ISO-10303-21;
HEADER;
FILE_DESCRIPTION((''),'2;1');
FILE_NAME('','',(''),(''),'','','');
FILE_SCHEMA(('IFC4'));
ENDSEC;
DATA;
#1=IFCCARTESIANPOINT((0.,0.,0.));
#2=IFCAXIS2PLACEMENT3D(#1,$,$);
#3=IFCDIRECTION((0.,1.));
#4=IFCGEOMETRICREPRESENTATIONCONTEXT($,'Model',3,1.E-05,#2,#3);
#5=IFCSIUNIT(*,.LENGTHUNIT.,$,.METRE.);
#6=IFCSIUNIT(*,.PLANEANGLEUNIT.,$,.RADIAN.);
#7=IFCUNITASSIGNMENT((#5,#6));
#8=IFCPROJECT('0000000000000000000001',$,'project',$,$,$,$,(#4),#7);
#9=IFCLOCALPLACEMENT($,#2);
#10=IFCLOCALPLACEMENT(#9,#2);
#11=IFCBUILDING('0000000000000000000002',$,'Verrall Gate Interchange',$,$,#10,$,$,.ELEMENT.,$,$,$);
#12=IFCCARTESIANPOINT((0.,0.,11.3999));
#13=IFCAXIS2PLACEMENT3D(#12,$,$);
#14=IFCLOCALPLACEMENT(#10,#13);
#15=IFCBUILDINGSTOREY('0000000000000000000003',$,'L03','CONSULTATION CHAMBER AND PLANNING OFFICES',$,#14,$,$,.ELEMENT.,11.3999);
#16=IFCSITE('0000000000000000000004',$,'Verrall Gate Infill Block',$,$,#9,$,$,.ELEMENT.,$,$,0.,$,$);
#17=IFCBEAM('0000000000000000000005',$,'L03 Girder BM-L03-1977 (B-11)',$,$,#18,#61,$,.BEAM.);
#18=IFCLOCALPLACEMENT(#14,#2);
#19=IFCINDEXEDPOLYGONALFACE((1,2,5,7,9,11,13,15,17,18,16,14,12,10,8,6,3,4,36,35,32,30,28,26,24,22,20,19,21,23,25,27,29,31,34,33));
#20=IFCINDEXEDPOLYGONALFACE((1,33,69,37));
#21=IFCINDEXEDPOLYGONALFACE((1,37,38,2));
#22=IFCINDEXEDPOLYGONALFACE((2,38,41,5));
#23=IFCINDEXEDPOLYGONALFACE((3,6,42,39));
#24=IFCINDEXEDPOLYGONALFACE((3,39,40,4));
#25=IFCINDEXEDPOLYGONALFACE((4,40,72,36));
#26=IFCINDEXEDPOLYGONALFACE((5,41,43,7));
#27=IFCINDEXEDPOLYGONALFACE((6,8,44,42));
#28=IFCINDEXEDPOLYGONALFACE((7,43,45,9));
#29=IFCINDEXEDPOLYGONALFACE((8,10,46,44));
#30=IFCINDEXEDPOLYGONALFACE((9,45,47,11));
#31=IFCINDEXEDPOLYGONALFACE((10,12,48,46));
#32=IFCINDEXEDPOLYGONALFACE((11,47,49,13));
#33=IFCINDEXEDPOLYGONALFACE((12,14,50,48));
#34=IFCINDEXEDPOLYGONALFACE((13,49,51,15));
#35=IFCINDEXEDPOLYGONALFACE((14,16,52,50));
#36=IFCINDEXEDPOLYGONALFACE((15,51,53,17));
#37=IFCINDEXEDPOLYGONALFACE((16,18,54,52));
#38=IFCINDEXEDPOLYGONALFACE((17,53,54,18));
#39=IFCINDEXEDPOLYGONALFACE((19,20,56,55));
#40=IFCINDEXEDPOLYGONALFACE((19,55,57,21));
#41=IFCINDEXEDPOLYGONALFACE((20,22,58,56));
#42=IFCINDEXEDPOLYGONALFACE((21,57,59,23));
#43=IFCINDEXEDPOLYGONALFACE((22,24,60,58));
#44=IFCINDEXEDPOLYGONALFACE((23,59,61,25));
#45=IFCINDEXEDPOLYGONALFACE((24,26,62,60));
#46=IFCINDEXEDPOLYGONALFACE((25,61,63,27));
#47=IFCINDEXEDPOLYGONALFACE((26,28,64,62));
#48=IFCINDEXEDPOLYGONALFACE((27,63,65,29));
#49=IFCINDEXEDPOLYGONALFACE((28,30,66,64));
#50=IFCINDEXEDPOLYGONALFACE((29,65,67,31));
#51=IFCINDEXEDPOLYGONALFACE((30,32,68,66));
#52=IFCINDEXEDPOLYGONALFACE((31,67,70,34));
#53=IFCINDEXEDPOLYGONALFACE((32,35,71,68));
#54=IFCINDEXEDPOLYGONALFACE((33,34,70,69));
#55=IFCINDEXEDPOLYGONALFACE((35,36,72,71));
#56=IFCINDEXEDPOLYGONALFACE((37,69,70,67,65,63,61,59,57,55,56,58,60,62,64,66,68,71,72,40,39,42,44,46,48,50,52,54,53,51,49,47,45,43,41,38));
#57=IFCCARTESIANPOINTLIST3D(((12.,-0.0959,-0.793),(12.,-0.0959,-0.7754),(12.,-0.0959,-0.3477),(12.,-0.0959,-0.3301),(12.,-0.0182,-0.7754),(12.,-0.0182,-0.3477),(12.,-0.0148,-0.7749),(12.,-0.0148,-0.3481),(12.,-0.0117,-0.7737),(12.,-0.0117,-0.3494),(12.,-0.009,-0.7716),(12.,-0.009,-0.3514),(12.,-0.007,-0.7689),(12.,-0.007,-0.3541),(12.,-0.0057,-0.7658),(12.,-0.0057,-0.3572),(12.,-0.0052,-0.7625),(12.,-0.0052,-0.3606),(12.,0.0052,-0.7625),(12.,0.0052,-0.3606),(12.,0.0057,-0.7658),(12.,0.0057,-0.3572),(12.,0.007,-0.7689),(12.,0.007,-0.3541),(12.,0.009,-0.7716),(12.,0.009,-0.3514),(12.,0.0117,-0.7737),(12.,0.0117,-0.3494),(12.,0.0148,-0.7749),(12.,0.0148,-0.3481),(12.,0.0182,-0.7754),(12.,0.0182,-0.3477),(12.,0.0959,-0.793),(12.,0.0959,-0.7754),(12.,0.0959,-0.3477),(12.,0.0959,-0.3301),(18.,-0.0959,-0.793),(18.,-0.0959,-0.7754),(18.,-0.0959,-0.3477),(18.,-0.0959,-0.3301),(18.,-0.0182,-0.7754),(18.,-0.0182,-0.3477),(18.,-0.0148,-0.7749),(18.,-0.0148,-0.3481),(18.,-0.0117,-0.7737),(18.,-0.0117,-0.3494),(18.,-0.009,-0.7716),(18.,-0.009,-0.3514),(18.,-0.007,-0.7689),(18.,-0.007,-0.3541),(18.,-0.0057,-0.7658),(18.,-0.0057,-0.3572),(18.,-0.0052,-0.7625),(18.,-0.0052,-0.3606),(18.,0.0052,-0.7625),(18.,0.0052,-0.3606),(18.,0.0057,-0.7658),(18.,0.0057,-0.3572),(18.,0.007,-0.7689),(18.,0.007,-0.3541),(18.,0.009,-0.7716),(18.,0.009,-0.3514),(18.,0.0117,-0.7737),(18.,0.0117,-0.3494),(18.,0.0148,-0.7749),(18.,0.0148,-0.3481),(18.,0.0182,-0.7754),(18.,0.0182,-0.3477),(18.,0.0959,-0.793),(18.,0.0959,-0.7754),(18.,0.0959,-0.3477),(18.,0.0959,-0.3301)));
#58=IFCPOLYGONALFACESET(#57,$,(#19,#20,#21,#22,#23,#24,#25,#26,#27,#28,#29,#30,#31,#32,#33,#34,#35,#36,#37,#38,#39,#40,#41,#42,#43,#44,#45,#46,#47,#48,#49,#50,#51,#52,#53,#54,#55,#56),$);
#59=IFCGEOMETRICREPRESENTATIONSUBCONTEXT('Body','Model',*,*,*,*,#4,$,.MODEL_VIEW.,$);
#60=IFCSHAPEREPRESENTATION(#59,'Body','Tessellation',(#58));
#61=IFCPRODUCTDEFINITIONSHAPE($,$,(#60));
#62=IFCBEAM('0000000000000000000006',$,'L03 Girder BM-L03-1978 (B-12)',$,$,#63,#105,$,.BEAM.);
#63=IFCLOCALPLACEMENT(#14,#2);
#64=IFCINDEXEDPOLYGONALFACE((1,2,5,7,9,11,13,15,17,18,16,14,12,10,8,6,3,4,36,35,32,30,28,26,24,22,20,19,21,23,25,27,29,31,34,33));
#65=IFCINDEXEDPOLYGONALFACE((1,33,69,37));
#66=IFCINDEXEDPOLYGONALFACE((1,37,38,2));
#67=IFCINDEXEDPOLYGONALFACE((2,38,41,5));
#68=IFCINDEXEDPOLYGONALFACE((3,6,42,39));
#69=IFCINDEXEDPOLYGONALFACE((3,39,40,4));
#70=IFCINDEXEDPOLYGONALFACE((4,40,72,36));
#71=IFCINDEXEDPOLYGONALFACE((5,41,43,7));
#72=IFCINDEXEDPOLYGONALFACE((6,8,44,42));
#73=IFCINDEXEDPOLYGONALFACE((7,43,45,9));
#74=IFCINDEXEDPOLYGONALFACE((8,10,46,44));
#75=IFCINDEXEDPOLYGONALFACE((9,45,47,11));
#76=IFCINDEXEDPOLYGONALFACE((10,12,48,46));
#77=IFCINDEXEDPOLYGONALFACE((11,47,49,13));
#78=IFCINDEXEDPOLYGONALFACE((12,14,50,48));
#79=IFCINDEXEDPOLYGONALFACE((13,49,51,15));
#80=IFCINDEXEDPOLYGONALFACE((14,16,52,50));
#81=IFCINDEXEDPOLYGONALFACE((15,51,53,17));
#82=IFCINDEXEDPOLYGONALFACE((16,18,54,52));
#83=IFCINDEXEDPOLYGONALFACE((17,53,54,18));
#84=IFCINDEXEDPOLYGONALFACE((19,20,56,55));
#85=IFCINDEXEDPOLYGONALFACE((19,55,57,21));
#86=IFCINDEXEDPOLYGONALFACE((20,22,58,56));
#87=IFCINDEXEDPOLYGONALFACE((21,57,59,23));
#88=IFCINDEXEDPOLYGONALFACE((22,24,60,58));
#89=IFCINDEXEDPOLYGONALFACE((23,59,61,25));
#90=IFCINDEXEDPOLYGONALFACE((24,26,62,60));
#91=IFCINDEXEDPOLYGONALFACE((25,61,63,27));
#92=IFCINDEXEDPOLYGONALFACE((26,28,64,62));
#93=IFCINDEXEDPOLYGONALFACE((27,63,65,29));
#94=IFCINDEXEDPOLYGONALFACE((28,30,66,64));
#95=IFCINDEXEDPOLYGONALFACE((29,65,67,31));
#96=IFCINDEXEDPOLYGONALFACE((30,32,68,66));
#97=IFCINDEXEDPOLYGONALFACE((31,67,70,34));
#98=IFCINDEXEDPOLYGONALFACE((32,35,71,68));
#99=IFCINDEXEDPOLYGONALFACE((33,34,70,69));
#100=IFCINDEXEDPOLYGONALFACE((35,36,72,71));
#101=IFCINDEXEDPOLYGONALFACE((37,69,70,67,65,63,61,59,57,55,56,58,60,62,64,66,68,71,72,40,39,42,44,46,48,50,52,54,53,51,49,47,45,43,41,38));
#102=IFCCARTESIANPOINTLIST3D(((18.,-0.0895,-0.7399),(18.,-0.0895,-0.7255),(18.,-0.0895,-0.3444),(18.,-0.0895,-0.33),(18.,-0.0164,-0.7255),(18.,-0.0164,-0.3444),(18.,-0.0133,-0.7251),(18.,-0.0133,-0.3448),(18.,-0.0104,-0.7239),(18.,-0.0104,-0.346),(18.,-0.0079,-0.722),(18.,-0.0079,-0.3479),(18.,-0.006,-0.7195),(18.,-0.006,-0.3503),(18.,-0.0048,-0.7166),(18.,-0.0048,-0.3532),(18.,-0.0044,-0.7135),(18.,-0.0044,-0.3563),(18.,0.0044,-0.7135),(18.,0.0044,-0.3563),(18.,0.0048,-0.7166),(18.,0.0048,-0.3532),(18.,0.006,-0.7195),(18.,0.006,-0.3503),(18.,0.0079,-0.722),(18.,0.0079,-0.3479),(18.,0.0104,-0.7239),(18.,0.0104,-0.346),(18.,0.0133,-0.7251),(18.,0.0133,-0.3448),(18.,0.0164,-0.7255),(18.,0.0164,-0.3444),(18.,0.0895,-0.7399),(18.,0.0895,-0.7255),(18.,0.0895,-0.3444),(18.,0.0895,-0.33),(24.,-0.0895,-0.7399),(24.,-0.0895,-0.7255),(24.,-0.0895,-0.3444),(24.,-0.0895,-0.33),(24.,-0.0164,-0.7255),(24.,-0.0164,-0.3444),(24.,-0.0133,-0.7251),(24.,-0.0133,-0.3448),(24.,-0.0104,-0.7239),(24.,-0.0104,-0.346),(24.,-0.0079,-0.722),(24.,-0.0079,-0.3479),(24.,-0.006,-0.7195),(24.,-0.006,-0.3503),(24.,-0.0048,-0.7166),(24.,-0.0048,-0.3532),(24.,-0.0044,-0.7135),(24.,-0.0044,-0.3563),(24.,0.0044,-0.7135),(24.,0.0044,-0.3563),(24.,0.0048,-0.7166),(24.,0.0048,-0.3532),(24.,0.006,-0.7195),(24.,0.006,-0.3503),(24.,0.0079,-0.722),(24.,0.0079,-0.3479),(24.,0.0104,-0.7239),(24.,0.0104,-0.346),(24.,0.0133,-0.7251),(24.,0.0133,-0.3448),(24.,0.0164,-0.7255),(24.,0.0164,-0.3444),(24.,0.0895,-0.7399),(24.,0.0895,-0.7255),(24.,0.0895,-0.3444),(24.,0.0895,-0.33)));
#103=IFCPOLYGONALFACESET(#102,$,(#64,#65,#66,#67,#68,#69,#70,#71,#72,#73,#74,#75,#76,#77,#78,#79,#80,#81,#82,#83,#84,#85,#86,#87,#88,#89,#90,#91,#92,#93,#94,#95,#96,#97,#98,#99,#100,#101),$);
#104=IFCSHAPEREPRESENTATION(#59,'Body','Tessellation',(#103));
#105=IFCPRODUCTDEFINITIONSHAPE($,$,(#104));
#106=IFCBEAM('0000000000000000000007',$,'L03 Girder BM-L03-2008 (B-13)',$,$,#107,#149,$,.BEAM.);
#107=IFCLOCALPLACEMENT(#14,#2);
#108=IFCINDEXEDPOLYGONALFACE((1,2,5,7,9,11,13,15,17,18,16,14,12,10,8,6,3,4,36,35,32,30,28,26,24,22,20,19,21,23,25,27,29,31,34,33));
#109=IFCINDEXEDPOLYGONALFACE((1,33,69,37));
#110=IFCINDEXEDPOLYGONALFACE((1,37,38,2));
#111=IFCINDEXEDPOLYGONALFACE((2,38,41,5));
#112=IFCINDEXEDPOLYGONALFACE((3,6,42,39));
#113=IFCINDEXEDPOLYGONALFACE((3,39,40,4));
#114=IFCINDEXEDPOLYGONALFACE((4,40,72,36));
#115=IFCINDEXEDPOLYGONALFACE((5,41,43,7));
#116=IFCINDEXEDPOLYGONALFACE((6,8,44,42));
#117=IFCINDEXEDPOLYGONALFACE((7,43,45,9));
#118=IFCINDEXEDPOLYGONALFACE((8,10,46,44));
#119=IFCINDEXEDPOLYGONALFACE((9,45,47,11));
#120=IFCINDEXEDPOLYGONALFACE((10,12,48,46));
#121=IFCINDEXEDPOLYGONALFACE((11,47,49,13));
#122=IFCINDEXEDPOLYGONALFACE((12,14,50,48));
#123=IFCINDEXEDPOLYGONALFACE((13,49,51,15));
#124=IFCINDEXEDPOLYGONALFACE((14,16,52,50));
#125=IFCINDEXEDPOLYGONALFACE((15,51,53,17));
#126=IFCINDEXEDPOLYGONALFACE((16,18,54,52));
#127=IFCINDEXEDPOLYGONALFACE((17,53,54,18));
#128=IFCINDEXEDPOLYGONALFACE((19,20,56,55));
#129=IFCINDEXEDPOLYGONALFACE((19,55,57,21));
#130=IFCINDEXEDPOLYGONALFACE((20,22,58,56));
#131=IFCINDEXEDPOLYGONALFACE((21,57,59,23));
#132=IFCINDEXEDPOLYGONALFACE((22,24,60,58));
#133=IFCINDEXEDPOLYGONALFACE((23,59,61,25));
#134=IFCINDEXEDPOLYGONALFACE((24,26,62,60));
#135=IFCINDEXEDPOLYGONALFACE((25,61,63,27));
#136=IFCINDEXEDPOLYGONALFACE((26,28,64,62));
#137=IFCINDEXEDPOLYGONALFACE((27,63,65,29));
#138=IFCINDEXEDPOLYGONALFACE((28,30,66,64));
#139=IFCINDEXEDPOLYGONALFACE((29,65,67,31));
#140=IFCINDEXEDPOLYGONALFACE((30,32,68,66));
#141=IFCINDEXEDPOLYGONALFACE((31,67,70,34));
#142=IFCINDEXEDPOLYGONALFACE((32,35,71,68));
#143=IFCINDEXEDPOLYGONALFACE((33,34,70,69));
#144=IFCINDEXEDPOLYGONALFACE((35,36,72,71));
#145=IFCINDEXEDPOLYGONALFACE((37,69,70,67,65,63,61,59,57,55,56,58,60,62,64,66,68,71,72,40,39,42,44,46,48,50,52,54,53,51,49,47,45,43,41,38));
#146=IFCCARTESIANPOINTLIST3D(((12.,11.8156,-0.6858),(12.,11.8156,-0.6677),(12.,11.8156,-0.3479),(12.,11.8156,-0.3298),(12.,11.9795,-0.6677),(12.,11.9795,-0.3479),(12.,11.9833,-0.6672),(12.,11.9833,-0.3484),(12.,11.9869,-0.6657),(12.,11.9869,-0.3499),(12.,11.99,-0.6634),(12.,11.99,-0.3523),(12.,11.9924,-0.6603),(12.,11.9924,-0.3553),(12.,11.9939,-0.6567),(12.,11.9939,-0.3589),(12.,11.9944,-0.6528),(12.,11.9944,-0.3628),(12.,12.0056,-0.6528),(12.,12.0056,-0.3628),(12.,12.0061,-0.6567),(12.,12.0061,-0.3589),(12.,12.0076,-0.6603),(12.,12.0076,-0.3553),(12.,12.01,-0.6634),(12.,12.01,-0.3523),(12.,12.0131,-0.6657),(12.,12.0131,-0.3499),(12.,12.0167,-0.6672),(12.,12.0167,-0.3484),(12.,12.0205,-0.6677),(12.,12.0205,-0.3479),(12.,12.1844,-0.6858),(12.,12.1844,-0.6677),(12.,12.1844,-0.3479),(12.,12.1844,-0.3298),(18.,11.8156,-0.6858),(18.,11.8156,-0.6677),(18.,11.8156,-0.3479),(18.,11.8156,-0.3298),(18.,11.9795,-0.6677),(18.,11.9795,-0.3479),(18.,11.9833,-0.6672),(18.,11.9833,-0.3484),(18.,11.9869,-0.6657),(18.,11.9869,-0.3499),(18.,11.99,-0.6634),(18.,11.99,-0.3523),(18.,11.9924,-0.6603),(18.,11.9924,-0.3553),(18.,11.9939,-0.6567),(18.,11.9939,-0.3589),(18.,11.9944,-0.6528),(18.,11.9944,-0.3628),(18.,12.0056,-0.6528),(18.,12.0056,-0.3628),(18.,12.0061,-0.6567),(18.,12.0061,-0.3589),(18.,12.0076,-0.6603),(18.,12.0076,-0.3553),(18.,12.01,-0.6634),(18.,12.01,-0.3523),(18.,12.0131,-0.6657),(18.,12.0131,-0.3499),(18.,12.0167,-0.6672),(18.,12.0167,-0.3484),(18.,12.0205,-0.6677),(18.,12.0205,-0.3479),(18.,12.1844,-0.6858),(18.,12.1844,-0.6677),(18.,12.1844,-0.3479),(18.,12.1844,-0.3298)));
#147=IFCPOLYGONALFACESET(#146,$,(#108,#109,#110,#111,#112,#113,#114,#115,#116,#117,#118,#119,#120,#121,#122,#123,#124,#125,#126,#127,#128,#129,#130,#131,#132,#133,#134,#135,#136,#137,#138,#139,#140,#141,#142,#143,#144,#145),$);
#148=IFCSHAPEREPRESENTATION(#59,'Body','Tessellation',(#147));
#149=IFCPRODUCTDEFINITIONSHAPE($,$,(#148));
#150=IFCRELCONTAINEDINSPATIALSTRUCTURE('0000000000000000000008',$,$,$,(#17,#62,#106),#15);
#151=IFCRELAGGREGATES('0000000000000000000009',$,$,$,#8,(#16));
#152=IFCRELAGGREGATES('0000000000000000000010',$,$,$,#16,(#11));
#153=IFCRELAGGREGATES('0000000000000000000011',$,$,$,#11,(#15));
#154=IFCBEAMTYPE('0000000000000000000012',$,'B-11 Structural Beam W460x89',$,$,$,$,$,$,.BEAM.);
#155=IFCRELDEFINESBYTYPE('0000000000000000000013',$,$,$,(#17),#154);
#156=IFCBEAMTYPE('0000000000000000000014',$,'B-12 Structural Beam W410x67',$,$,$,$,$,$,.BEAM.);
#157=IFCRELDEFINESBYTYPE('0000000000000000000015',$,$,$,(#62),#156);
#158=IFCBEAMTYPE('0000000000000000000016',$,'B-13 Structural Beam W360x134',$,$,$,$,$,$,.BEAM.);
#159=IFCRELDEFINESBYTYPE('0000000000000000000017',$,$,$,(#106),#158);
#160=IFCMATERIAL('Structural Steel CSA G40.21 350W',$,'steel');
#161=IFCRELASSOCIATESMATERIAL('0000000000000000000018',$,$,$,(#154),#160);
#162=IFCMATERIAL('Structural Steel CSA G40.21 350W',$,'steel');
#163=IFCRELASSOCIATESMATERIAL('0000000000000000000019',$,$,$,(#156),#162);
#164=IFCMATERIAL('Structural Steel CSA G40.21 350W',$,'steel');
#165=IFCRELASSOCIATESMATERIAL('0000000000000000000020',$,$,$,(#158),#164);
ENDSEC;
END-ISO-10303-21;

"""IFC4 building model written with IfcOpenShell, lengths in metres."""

from ifc_helpers import new_model, si_unit, direction, frame, origin, origin_2d, place, context, subcontext, project, spatial, i_section, extrude, material, material_profile, profile_set, type_object, element, save


model = new_model("IFC4")

# Units and contexts
model_context = context("Model", 3, precision=1e-05, world=origin(), true_north=direction((0.0, 1.0)))
body_context = subcontext(model_context, "Body", "Model", "MODEL_VIEW")
ifc_project = project(units=[si_unit("LENGTHUNIT", "METRE"), si_unit("PLANEANGLEUNIT", "RADIAN")], contexts=[model_context])

# Site, building, storey
site_placement = place(None, origin())
site = spatial("IfcSite", under=ifc_project, at=site_placement, Name="Verrall Gate Infill Block", CompositionType="ELEMENT", RefElevation=0.0)
building_placement = place(site_placement, origin())
building = spatial("IfcBuilding", under=site, at=building_placement, Name="Verrall Gate Interchange", CompositionType="ELEMENT")
storey_placement = place(building_placement, frame((0.0, 0.0, 11.3999)))
storey = spatial("IfcBuildingStorey", under=building, at=storey_placement, Name="L03", Description="CONSULTATION CHAMBER AND PLANNING OFFICES", CompositionType="ELEMENT", Elevation=11.3999)

# Beams
ifc_material_1 = material(Name="Structural Steel CSA G40.21 350W", Category="steel")
ifc_material_profile_1 = material_profile(ifc_material_1, i_section(OverallWidth=0.1919, OverallDepth=0.4629, WebThickness=0.0105, FlangeThickness=0.0176, FilletRadius=0.0129, at=origin_2d()), Name="W460x89")
ifc_profile_set_1 = profile_set([ifc_material_profile_1], Name="Structural Steel CSA G40.21 350W")
beam_type_1 = type_object("IfcBeamType", Name="B-11 Structural Beam W460x89", PredefinedType="BEAM", material=ifc_profile_set_1)
beam_1_placement = place(storey_placement, frame((12.0, 0.0, -0.5615), z_axis=(1.0, 0.0, 0.0), x_axis=(0.0, 1.0, 0.0)))
element("IfcBeam", 1, at=beam_1_placement, inside=storey, type_object=beam_type_1, Name="L03 Girder BM-L03-1977 (B-11)", PredefinedType="BEAM", context=body_context, shape_type="SweptSolid", body=[
    extrude(i_section(OverallWidth=0.1919, OverallDepth=0.4629, WebThickness=0.0105, FlangeThickness=0.0176, FilletRadius=0.0129, at=origin_2d()), origin(), (0.0, 0.0, 1.0), 6.0),
])
ifc_material_2 = material(Name="Structural Steel CSA G40.21 350W", Category="steel")
ifc_material_profile_2 = material_profile(ifc_material_2, i_section(OverallWidth=0.179, OverallDepth=0.4099, WebThickness=0.0088, FlangeThickness=0.0144, FilletRadius=0.012, at=origin_2d()), Name="W410x67")
ifc_profile_set_2 = profile_set([ifc_material_profile_2], Name="Structural Steel CSA G40.21 350W")
beam_type_2 = type_object("IfcBeamType", Name="B-12 Structural Beam W410x67", PredefinedType="BEAM", material=ifc_profile_set_2)
beam_2_placement = place(storey_placement, frame((18.0, 0.0, -0.5349), z_axis=(1.0, 0.0, 0.0), x_axis=(0.0, 1.0, 0.0)))
element("IfcBeam", 2, at=beam_2_placement, inside=storey, type_object=beam_type_2, Name="L03 Girder BM-L03-1978 (B-12)", PredefinedType="BEAM", context=body_context, shape_type="SweptSolid", body=[
    extrude(i_section(OverallWidth=0.179, OverallDepth=0.4099, WebThickness=0.0088, FlangeThickness=0.0144, FilletRadius=0.012, at=origin_2d()), origin(), (0.0, 0.0, 1.0), 6.0),
])
ifc_material_3 = material(Name="Structural Steel CSA G40.21 350W", Category="steel")
ifc_material_profile_3 = material_profile(ifc_material_3, i_section(OverallWidth=0.3689, OverallDepth=0.356, WebThickness=0.0112, FlangeThickness=0.0181, FilletRadius=0.0149, at=origin_2d()), Name="W360x134")
ifc_profile_set_3 = profile_set([ifc_material_profile_3], Name="Structural Steel CSA G40.21 350W")
beam_type_3 = type_object("IfcBeamType", Name="B-13 Structural Beam W360x134", PredefinedType="BEAM", material=ifc_profile_set_3)
beam_3_placement = place(storey_placement, frame((12.0, 12.0, -0.5078), z_axis=(1.0, 0.0, 0.0), x_axis=(0.0, 1.0, 0.0)))
element("IfcBeam", 3, at=beam_3_placement, inside=storey, type_object=beam_type_3, Name="L03 Girder BM-L03-2008 (B-13)", PredefinedType="BEAM", context=body_context, shape_type="SweptSolid", body=[
    extrude(i_section(OverallWidth=0.3689, OverallDepth=0.356, WebThickness=0.0112, FlangeThickness=0.0181, FilletRadius=0.0149, at=origin_2d()), origin(), (0.0, 0.0, 1.0), 6.0),
])

save(model, "model.ifc")
